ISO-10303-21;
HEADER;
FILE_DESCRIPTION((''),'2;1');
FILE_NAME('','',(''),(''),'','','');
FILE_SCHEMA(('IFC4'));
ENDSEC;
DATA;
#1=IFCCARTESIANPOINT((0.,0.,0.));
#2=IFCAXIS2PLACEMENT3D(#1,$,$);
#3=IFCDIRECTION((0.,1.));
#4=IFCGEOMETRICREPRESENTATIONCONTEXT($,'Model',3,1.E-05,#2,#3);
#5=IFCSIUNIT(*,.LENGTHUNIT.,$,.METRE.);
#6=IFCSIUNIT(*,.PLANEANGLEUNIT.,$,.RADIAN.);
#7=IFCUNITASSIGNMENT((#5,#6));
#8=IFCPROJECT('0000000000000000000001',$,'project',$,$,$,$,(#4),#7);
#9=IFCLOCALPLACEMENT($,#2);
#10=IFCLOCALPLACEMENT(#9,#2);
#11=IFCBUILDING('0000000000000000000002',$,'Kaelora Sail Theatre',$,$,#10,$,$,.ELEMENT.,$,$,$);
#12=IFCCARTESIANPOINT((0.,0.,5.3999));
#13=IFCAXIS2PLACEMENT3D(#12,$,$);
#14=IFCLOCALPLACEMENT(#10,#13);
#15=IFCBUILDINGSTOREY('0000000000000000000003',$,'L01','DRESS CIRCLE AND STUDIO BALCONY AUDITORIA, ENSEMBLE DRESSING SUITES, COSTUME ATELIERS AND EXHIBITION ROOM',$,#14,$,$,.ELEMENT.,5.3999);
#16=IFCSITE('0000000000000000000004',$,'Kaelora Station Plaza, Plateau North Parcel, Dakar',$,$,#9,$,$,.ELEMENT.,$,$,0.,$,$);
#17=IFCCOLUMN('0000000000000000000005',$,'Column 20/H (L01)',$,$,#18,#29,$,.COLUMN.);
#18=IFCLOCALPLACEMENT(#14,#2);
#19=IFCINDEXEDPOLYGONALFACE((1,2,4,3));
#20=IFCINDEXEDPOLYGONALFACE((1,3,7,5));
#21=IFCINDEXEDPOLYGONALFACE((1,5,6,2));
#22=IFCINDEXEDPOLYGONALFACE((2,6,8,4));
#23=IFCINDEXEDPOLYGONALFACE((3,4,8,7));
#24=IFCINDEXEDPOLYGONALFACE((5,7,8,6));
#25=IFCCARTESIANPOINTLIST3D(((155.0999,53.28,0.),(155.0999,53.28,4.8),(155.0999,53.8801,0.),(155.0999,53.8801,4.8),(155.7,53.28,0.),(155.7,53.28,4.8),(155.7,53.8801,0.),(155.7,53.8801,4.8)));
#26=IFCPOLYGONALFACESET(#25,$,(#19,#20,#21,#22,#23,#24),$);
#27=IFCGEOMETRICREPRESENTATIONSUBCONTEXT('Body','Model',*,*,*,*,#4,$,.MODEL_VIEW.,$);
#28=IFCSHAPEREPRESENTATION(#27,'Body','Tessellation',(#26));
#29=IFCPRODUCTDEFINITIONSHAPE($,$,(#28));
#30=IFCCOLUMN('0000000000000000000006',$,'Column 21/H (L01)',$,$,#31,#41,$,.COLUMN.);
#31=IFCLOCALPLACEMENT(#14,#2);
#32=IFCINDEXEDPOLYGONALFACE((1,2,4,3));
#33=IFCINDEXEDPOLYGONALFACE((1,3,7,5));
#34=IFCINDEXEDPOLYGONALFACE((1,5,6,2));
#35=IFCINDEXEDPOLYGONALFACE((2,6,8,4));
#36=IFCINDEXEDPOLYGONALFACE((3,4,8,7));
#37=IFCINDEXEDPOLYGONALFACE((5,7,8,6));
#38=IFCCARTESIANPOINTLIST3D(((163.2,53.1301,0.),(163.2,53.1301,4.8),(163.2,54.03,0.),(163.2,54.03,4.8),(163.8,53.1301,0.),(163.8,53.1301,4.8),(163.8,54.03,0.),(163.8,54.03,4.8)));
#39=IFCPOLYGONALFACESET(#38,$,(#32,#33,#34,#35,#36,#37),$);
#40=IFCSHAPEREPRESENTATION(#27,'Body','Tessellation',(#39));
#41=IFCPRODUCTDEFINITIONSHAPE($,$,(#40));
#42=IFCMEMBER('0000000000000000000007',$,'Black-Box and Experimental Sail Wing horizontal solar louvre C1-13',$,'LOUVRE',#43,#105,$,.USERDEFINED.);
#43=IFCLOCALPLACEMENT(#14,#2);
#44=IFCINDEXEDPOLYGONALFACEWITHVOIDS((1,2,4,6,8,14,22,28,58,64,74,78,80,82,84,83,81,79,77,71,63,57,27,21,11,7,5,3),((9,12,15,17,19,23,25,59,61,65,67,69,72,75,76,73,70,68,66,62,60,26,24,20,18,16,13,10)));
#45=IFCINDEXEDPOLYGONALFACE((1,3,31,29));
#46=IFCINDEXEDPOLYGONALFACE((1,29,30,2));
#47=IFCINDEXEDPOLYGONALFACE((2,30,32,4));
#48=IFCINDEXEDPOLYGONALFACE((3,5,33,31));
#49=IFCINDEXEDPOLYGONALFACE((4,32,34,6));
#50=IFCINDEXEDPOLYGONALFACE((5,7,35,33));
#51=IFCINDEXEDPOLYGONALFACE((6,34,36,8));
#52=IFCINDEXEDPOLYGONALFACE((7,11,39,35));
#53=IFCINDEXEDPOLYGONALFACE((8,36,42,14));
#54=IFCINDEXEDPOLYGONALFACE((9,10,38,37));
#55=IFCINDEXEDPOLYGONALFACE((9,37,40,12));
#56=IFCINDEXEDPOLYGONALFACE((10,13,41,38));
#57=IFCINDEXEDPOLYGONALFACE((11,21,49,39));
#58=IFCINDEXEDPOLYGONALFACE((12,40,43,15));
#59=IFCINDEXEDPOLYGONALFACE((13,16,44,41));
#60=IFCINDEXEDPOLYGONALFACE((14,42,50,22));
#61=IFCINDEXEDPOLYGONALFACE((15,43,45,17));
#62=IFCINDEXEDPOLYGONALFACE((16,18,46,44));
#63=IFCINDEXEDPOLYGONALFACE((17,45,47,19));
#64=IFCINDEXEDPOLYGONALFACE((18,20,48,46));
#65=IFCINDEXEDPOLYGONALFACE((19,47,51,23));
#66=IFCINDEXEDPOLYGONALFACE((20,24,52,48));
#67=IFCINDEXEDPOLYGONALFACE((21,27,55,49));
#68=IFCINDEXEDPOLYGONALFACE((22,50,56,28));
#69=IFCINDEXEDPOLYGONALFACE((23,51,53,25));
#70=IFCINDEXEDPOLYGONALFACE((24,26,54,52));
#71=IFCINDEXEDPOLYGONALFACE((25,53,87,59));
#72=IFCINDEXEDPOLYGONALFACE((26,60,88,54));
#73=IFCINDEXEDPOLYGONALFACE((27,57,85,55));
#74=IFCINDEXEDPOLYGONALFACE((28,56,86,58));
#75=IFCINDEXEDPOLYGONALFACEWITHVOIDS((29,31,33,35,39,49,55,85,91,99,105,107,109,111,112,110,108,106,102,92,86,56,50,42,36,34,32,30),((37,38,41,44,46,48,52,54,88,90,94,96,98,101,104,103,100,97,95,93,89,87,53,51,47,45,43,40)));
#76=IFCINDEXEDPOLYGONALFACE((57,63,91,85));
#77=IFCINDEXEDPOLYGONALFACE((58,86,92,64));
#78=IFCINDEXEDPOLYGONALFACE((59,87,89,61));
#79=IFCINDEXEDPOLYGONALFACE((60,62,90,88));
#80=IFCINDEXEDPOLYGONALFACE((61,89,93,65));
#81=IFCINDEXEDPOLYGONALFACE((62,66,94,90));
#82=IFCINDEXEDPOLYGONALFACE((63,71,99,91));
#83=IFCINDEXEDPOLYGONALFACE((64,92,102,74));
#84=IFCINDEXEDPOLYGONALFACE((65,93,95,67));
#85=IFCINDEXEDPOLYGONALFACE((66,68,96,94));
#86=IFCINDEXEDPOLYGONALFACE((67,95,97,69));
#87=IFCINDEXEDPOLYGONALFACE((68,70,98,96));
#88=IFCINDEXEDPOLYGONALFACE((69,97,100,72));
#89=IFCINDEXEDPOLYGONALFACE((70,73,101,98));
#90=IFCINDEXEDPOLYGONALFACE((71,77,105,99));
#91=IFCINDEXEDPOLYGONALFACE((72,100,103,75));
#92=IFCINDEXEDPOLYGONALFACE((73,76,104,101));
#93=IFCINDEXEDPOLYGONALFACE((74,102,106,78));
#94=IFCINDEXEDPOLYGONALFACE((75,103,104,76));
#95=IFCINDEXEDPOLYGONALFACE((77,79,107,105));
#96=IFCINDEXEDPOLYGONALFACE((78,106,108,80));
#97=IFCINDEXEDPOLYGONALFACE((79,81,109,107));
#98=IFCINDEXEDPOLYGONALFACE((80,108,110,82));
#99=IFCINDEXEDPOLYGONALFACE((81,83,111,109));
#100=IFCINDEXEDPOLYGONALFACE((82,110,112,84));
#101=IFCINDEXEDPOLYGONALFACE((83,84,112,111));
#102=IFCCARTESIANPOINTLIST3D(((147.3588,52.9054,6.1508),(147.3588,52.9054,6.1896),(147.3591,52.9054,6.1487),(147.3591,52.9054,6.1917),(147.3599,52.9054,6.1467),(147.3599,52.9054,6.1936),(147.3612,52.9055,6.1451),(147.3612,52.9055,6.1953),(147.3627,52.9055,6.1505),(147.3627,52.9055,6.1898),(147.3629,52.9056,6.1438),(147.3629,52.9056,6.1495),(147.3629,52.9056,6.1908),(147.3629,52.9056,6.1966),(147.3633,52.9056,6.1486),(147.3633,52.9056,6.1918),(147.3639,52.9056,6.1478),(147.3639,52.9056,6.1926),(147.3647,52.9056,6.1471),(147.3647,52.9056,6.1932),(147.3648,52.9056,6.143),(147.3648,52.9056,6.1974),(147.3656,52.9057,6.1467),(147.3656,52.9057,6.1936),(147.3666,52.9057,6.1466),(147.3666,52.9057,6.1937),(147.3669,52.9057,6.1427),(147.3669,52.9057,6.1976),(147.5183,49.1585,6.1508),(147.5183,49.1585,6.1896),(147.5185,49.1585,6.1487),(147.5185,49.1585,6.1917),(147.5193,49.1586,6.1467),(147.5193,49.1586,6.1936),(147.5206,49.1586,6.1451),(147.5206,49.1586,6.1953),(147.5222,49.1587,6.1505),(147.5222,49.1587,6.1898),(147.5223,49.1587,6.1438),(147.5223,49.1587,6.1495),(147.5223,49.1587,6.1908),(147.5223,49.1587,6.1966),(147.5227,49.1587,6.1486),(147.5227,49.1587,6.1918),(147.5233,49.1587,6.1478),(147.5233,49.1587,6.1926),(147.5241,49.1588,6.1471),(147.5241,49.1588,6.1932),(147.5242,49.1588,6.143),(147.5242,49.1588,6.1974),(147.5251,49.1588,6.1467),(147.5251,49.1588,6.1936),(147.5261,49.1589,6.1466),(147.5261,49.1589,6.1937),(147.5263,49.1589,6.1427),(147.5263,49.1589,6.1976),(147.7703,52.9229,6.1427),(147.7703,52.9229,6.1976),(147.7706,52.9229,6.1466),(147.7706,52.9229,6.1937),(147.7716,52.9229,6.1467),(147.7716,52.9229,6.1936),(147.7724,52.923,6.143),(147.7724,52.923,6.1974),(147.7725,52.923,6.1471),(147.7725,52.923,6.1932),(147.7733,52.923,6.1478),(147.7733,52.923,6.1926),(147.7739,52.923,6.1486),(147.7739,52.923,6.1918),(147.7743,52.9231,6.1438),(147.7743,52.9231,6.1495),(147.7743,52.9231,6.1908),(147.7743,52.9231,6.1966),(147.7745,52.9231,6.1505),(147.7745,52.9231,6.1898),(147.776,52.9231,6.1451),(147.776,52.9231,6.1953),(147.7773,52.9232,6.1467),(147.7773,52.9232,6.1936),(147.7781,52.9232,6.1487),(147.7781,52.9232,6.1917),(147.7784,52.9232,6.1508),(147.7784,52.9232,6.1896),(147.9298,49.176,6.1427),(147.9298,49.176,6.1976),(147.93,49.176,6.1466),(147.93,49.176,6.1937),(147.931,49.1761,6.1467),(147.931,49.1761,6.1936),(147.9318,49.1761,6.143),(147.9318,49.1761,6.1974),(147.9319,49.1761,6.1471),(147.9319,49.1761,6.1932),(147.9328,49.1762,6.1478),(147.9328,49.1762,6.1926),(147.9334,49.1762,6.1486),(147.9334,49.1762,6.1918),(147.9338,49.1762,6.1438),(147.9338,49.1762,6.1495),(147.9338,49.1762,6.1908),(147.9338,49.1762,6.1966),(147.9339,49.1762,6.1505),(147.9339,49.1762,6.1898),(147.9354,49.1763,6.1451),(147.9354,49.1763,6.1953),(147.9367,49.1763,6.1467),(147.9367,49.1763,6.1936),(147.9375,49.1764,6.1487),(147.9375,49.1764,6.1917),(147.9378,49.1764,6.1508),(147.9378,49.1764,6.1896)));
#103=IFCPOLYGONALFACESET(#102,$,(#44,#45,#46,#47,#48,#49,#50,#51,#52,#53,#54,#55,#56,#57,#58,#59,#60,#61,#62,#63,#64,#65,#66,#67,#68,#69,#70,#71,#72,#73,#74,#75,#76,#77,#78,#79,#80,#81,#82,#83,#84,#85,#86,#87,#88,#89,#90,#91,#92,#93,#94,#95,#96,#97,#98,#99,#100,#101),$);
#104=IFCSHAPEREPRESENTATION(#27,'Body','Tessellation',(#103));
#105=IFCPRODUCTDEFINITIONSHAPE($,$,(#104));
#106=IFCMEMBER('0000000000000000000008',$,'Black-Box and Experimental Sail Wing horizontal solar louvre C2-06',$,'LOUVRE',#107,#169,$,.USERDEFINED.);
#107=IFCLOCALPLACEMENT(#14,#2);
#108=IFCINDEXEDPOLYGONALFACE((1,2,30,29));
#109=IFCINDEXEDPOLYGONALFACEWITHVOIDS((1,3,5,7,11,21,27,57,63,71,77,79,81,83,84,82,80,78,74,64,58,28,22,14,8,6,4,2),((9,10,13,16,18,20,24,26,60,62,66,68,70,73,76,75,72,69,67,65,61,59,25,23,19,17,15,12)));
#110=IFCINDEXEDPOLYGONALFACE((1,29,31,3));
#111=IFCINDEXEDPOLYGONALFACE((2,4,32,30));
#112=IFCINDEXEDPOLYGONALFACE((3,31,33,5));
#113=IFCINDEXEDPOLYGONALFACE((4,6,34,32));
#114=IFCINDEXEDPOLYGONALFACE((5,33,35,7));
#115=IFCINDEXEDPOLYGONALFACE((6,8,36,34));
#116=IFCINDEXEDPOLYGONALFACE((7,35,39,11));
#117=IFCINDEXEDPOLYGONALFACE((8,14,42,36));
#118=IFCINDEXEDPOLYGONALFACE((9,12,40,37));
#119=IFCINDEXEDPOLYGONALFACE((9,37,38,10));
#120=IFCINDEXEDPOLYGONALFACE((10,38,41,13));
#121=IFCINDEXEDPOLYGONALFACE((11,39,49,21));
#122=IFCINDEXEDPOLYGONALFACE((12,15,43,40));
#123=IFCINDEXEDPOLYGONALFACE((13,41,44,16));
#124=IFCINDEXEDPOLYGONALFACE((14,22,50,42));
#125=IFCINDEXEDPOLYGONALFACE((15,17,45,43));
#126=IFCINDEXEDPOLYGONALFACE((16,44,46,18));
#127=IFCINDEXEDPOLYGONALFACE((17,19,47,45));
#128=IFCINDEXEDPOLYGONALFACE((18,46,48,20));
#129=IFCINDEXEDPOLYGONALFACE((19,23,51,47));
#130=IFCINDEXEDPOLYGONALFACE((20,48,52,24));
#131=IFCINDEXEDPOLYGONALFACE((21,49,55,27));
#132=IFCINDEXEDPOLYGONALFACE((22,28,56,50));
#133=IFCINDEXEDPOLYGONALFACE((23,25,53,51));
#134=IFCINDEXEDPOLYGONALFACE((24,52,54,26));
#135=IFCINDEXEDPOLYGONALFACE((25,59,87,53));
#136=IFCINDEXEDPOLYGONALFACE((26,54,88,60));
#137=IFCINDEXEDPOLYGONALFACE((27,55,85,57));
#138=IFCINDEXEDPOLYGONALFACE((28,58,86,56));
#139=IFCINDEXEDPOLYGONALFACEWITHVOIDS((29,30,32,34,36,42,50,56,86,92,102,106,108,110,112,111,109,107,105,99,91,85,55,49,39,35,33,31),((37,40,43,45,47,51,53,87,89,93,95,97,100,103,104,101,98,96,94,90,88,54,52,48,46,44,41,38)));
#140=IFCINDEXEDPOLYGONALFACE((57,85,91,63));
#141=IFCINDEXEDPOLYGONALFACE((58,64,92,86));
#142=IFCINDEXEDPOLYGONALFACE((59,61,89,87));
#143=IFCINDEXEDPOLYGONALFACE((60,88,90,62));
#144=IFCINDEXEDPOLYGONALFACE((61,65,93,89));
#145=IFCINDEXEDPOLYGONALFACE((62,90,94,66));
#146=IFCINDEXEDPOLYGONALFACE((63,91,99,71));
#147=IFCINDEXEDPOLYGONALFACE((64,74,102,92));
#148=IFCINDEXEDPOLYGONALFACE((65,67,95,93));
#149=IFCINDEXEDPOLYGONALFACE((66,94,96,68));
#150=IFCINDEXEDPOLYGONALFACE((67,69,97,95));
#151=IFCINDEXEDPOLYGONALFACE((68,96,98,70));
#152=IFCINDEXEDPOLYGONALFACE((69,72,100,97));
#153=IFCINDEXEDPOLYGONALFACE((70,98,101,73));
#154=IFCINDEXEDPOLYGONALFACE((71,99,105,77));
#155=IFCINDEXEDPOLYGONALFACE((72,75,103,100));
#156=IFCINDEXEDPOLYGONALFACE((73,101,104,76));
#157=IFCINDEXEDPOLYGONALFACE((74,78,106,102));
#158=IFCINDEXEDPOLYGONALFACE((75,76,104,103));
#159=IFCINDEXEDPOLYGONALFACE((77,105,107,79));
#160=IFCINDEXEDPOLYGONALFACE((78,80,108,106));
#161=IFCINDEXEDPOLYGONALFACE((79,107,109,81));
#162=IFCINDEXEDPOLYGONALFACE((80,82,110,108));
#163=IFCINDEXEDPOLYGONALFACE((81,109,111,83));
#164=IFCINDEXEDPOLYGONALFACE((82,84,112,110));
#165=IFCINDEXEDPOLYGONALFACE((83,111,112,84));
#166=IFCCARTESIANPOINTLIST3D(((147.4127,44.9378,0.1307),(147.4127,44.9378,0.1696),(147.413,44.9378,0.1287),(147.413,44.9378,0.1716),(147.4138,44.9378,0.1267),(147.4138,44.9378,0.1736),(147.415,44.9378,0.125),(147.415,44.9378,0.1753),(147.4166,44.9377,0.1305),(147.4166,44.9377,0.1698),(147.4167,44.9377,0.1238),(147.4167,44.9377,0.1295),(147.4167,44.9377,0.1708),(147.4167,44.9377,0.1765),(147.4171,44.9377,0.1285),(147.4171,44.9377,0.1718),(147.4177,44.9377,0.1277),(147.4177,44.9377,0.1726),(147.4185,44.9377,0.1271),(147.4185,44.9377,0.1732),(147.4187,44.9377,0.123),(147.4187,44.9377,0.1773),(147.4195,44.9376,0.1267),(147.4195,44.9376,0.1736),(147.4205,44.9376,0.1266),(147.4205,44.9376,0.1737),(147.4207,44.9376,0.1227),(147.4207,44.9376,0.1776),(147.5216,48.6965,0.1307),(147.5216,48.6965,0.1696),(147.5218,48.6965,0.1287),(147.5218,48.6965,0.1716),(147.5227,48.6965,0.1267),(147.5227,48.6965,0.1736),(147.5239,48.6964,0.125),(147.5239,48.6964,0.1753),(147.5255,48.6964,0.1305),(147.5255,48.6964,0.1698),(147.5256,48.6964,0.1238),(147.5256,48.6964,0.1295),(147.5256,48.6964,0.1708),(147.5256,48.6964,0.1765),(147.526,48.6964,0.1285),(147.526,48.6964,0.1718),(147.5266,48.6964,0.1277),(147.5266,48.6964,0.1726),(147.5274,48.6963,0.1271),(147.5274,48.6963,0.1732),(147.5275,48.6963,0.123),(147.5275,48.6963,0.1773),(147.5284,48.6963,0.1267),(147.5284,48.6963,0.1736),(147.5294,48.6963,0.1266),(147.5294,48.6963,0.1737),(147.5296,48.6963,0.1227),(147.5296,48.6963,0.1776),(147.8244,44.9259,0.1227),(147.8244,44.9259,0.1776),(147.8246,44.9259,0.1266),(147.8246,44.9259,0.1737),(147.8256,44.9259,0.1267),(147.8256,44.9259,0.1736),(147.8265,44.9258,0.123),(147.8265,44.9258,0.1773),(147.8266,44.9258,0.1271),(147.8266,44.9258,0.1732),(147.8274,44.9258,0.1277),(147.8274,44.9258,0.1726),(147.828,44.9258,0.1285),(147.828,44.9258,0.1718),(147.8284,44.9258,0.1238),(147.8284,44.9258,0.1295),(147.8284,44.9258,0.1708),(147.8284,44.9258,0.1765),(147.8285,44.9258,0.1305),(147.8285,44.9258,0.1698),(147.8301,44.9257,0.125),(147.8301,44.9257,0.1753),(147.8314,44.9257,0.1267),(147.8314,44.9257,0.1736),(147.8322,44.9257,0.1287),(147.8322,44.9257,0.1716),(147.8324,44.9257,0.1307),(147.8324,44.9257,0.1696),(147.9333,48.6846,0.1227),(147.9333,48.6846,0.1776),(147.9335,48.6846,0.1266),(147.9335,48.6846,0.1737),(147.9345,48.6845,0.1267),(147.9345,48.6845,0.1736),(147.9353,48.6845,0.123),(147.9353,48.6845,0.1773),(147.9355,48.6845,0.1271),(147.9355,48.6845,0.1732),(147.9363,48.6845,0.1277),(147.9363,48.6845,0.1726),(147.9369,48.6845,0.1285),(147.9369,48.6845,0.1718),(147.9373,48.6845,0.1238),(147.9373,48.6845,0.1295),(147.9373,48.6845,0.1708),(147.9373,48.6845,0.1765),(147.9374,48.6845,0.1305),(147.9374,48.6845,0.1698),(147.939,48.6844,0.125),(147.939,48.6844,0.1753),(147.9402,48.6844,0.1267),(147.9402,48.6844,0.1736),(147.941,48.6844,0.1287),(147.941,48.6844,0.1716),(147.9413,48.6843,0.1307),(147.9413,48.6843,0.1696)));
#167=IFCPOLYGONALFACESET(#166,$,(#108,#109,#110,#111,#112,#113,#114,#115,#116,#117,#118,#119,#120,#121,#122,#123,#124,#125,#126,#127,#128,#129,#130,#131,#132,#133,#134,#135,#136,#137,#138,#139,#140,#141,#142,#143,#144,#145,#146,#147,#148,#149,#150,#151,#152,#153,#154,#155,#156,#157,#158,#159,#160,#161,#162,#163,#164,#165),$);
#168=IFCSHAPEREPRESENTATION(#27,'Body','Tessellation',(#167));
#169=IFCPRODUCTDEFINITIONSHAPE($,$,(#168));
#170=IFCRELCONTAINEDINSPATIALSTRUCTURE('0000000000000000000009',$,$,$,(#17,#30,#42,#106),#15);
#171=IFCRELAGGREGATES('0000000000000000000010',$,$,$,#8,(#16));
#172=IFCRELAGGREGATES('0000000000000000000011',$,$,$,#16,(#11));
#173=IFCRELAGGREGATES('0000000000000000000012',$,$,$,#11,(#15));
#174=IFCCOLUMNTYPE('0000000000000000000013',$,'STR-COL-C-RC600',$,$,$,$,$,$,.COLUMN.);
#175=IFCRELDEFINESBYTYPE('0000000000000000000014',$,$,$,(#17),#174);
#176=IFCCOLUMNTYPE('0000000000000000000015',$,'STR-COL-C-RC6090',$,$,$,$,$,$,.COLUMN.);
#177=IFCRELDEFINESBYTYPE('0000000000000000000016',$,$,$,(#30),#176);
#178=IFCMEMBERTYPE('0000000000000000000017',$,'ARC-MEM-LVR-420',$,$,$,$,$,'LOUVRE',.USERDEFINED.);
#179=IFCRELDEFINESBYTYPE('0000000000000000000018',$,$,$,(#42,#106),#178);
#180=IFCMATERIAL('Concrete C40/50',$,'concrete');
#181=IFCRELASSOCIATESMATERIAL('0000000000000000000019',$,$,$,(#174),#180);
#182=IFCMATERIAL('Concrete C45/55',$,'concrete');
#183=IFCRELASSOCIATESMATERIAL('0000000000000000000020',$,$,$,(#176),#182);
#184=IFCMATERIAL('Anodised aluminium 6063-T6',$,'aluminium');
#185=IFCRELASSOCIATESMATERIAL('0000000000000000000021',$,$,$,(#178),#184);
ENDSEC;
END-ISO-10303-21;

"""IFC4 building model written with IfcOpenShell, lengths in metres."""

from ifc_helpers import new_model, si_unit, direction, frame, origin, origin_2d, place, context, subcontext, project, spatial, rectangle, hollow_rectangle, extrude, material, material_profile, profile_set, type_object, element, save


model = new_model("IFC4")

# Units and contexts
model_context = context("Model", 3, precision=1e-05, world=origin(), true_north=direction((0.0, 1.0)))
body_context = subcontext(model_context, "Body", "Model", "MODEL_VIEW")
ifc_project = project(units=[si_unit("LENGTHUNIT", "METRE"), si_unit("PLANEANGLEUNIT", "RADIAN")], contexts=[model_context])

# Site, building, storey
site_placement = place(None, origin())
site = spatial("IfcSite", under=ifc_project, at=site_placement, Name="Kaelora Station Plaza, Plateau North Parcel, Dakar", CompositionType="ELEMENT", RefElevation=0.0)
building_placement = place(site_placement, origin())
building = spatial("IfcBuilding", under=site, at=building_placement, Name="Kaelora Sail Theatre", CompositionType="ELEMENT")
storey_placement = place(building_placement, frame((0.0, 0.0, 5.3999)))
storey = spatial("IfcBuildingStorey", under=building, at=storey_placement, Name="L01", Description="DRESS CIRCLE AND STUDIO BALCONY AUDITORIA, ENSEMBLE DRESSING SUITES, COSTUME ATELIERS AND EXHIBITION ROOM", CompositionType="ELEMENT", Elevation=5.3999)

# Columns
ifc_material_1 = material(Name="Concrete C40/50", Category="concrete")
ifc_material_profile_1 = material_profile(ifc_material_1, rectangle(XDim=0.6001, YDim=0.6001, at=origin_2d()), Name="RC-COL 600x600")
ifc_profile_set_1 = profile_set([ifc_material_profile_1], Name="Concrete C40/50")
column_type_1 = type_object("IfcColumnType", Name="STR-COL-C-RC600", PredefinedType="COLUMN", material=ifc_profile_set_1)
column_1_placement = place(storey_placement, frame((155.3999, 53.5801, 0.0), z_axis=(0.0, 0.0, 1.0), x_axis=(1.0, 0.0, 0.0)))
element("IfcColumn", 1, at=column_1_placement, inside=storey, type_object=column_type_1, Name="Column 20/H (L01)", PredefinedType="COLUMN", context=body_context, shape_type="SweptSolid", body=[
    extrude(rectangle(XDim=0.6001, YDim=0.6001, at=origin_2d()), origin(), (0.0, 0.0, 1.0), 4.8),
])
ifc_material_2 = material(Name="Concrete C45/55", Category="concrete")
ifc_material_profile_2 = material_profile(ifc_material_2, rectangle(XDim=0.6001, YDim=0.8999, at=origin_2d()), Name="RC-COL 600x900")
ifc_profile_set_2 = profile_set([ifc_material_profile_2], Name="Concrete C45/55")
column_type_2 = type_object("IfcColumnType", Name="STR-COL-C-RC6090", PredefinedType="COLUMN", material=ifc_profile_set_2)
column_2_placement = place(storey_placement, frame((163.5, 53.5801, 0.0), z_axis=(0.0, 0.0, 1.0), x_axis=(1.0, 0.0, 0.0)))
element("IfcColumn", 2, at=column_2_placement, inside=storey, type_object=column_type_2, Name="Column 21/H (L01)", PredefinedType="COLUMN", context=body_context, shape_type="SweptSolid", body=[
    extrude(rectangle(XDim=0.6001, YDim=0.8999, at=origin_2d()), origin(), (0.0, 0.0, 1.0), 4.8),
])

# Members
ifc_material_3 = material(Name="Anodised aluminium 6063-T6", Category="aluminium")
ifc_material_profile_3 = material_profile(ifc_material_3, hollow_rectangle(XDim=0.4199, YDim=0.0549, WallThickness=0.0039, InnerFilletRadius=0.0039, OuterFilletRadius=0.0081, at=origin_2d()), Name="LOUVRE 420x55x4")
ifc_profile_set_3 = profile_set([ifc_material_profile_3], Name="Anodised aluminium 6063-T6")
member_type = type_object("IfcMemberType", Name="ARC-MEM-LVR-420", ElementType="LOUVRE", PredefinedType="USERDEFINED", material=ifc_profile_set_3)
member_placement = place(storey_placement, frame((147.5686, 52.9143, 6.1702), z_axis=(0.042511, -0.999096, 0.0), x_axis=(0.999096, 0.042511, 0.0)))
element("IfcMember", 3, at=member_placement, inside=storey, type_object=member_type, Name="Black-Box and Experimental Sail Wing horizontal solar louvre C1-13", ObjectType="LOUVRE", PredefinedType="USERDEFINED", context=body_context, shape_type="SweptSolid", body=[
    extrude(hollow_rectangle(XDim=0.4199, YDim=0.0549, WallThickness=0.0039, InnerFilletRadius=0.0039, OuterFilletRadius=0.0081, at=origin_2d()), origin(), (0.0, 0.0, 1.0), 3.7502),
])
for number, where, z_axis, x_axis, name in (
    (4, (147.7314, 48.6904, 0.1501), (-0.028956, -0.999581, 0.0), (0.999581, -0.028956, 0.0), "Black-Box and Experimental Sail Wing horizontal solar louvre C2-06"),
):
    element("IfcMember", number, at=place(storey_placement, frame(where, z_axis=z_axis, x_axis=x_axis)), inside=storey, type_object=member_type, Name=name, ObjectType="LOUVRE", PredefinedType="USERDEFINED", context=body_context, shape_type="SweptSolid", body=[
        extrude(hollow_rectangle(XDim=0.4199, YDim=0.0549, WallThickness=0.0039, InnerFilletRadius=0.0039, OuterFilletRadius=0.0081, at=origin_2d()), origin(), (0.0, 0.0, 1.0), 3.7603),
    ])

save(model, "model.ifc")
